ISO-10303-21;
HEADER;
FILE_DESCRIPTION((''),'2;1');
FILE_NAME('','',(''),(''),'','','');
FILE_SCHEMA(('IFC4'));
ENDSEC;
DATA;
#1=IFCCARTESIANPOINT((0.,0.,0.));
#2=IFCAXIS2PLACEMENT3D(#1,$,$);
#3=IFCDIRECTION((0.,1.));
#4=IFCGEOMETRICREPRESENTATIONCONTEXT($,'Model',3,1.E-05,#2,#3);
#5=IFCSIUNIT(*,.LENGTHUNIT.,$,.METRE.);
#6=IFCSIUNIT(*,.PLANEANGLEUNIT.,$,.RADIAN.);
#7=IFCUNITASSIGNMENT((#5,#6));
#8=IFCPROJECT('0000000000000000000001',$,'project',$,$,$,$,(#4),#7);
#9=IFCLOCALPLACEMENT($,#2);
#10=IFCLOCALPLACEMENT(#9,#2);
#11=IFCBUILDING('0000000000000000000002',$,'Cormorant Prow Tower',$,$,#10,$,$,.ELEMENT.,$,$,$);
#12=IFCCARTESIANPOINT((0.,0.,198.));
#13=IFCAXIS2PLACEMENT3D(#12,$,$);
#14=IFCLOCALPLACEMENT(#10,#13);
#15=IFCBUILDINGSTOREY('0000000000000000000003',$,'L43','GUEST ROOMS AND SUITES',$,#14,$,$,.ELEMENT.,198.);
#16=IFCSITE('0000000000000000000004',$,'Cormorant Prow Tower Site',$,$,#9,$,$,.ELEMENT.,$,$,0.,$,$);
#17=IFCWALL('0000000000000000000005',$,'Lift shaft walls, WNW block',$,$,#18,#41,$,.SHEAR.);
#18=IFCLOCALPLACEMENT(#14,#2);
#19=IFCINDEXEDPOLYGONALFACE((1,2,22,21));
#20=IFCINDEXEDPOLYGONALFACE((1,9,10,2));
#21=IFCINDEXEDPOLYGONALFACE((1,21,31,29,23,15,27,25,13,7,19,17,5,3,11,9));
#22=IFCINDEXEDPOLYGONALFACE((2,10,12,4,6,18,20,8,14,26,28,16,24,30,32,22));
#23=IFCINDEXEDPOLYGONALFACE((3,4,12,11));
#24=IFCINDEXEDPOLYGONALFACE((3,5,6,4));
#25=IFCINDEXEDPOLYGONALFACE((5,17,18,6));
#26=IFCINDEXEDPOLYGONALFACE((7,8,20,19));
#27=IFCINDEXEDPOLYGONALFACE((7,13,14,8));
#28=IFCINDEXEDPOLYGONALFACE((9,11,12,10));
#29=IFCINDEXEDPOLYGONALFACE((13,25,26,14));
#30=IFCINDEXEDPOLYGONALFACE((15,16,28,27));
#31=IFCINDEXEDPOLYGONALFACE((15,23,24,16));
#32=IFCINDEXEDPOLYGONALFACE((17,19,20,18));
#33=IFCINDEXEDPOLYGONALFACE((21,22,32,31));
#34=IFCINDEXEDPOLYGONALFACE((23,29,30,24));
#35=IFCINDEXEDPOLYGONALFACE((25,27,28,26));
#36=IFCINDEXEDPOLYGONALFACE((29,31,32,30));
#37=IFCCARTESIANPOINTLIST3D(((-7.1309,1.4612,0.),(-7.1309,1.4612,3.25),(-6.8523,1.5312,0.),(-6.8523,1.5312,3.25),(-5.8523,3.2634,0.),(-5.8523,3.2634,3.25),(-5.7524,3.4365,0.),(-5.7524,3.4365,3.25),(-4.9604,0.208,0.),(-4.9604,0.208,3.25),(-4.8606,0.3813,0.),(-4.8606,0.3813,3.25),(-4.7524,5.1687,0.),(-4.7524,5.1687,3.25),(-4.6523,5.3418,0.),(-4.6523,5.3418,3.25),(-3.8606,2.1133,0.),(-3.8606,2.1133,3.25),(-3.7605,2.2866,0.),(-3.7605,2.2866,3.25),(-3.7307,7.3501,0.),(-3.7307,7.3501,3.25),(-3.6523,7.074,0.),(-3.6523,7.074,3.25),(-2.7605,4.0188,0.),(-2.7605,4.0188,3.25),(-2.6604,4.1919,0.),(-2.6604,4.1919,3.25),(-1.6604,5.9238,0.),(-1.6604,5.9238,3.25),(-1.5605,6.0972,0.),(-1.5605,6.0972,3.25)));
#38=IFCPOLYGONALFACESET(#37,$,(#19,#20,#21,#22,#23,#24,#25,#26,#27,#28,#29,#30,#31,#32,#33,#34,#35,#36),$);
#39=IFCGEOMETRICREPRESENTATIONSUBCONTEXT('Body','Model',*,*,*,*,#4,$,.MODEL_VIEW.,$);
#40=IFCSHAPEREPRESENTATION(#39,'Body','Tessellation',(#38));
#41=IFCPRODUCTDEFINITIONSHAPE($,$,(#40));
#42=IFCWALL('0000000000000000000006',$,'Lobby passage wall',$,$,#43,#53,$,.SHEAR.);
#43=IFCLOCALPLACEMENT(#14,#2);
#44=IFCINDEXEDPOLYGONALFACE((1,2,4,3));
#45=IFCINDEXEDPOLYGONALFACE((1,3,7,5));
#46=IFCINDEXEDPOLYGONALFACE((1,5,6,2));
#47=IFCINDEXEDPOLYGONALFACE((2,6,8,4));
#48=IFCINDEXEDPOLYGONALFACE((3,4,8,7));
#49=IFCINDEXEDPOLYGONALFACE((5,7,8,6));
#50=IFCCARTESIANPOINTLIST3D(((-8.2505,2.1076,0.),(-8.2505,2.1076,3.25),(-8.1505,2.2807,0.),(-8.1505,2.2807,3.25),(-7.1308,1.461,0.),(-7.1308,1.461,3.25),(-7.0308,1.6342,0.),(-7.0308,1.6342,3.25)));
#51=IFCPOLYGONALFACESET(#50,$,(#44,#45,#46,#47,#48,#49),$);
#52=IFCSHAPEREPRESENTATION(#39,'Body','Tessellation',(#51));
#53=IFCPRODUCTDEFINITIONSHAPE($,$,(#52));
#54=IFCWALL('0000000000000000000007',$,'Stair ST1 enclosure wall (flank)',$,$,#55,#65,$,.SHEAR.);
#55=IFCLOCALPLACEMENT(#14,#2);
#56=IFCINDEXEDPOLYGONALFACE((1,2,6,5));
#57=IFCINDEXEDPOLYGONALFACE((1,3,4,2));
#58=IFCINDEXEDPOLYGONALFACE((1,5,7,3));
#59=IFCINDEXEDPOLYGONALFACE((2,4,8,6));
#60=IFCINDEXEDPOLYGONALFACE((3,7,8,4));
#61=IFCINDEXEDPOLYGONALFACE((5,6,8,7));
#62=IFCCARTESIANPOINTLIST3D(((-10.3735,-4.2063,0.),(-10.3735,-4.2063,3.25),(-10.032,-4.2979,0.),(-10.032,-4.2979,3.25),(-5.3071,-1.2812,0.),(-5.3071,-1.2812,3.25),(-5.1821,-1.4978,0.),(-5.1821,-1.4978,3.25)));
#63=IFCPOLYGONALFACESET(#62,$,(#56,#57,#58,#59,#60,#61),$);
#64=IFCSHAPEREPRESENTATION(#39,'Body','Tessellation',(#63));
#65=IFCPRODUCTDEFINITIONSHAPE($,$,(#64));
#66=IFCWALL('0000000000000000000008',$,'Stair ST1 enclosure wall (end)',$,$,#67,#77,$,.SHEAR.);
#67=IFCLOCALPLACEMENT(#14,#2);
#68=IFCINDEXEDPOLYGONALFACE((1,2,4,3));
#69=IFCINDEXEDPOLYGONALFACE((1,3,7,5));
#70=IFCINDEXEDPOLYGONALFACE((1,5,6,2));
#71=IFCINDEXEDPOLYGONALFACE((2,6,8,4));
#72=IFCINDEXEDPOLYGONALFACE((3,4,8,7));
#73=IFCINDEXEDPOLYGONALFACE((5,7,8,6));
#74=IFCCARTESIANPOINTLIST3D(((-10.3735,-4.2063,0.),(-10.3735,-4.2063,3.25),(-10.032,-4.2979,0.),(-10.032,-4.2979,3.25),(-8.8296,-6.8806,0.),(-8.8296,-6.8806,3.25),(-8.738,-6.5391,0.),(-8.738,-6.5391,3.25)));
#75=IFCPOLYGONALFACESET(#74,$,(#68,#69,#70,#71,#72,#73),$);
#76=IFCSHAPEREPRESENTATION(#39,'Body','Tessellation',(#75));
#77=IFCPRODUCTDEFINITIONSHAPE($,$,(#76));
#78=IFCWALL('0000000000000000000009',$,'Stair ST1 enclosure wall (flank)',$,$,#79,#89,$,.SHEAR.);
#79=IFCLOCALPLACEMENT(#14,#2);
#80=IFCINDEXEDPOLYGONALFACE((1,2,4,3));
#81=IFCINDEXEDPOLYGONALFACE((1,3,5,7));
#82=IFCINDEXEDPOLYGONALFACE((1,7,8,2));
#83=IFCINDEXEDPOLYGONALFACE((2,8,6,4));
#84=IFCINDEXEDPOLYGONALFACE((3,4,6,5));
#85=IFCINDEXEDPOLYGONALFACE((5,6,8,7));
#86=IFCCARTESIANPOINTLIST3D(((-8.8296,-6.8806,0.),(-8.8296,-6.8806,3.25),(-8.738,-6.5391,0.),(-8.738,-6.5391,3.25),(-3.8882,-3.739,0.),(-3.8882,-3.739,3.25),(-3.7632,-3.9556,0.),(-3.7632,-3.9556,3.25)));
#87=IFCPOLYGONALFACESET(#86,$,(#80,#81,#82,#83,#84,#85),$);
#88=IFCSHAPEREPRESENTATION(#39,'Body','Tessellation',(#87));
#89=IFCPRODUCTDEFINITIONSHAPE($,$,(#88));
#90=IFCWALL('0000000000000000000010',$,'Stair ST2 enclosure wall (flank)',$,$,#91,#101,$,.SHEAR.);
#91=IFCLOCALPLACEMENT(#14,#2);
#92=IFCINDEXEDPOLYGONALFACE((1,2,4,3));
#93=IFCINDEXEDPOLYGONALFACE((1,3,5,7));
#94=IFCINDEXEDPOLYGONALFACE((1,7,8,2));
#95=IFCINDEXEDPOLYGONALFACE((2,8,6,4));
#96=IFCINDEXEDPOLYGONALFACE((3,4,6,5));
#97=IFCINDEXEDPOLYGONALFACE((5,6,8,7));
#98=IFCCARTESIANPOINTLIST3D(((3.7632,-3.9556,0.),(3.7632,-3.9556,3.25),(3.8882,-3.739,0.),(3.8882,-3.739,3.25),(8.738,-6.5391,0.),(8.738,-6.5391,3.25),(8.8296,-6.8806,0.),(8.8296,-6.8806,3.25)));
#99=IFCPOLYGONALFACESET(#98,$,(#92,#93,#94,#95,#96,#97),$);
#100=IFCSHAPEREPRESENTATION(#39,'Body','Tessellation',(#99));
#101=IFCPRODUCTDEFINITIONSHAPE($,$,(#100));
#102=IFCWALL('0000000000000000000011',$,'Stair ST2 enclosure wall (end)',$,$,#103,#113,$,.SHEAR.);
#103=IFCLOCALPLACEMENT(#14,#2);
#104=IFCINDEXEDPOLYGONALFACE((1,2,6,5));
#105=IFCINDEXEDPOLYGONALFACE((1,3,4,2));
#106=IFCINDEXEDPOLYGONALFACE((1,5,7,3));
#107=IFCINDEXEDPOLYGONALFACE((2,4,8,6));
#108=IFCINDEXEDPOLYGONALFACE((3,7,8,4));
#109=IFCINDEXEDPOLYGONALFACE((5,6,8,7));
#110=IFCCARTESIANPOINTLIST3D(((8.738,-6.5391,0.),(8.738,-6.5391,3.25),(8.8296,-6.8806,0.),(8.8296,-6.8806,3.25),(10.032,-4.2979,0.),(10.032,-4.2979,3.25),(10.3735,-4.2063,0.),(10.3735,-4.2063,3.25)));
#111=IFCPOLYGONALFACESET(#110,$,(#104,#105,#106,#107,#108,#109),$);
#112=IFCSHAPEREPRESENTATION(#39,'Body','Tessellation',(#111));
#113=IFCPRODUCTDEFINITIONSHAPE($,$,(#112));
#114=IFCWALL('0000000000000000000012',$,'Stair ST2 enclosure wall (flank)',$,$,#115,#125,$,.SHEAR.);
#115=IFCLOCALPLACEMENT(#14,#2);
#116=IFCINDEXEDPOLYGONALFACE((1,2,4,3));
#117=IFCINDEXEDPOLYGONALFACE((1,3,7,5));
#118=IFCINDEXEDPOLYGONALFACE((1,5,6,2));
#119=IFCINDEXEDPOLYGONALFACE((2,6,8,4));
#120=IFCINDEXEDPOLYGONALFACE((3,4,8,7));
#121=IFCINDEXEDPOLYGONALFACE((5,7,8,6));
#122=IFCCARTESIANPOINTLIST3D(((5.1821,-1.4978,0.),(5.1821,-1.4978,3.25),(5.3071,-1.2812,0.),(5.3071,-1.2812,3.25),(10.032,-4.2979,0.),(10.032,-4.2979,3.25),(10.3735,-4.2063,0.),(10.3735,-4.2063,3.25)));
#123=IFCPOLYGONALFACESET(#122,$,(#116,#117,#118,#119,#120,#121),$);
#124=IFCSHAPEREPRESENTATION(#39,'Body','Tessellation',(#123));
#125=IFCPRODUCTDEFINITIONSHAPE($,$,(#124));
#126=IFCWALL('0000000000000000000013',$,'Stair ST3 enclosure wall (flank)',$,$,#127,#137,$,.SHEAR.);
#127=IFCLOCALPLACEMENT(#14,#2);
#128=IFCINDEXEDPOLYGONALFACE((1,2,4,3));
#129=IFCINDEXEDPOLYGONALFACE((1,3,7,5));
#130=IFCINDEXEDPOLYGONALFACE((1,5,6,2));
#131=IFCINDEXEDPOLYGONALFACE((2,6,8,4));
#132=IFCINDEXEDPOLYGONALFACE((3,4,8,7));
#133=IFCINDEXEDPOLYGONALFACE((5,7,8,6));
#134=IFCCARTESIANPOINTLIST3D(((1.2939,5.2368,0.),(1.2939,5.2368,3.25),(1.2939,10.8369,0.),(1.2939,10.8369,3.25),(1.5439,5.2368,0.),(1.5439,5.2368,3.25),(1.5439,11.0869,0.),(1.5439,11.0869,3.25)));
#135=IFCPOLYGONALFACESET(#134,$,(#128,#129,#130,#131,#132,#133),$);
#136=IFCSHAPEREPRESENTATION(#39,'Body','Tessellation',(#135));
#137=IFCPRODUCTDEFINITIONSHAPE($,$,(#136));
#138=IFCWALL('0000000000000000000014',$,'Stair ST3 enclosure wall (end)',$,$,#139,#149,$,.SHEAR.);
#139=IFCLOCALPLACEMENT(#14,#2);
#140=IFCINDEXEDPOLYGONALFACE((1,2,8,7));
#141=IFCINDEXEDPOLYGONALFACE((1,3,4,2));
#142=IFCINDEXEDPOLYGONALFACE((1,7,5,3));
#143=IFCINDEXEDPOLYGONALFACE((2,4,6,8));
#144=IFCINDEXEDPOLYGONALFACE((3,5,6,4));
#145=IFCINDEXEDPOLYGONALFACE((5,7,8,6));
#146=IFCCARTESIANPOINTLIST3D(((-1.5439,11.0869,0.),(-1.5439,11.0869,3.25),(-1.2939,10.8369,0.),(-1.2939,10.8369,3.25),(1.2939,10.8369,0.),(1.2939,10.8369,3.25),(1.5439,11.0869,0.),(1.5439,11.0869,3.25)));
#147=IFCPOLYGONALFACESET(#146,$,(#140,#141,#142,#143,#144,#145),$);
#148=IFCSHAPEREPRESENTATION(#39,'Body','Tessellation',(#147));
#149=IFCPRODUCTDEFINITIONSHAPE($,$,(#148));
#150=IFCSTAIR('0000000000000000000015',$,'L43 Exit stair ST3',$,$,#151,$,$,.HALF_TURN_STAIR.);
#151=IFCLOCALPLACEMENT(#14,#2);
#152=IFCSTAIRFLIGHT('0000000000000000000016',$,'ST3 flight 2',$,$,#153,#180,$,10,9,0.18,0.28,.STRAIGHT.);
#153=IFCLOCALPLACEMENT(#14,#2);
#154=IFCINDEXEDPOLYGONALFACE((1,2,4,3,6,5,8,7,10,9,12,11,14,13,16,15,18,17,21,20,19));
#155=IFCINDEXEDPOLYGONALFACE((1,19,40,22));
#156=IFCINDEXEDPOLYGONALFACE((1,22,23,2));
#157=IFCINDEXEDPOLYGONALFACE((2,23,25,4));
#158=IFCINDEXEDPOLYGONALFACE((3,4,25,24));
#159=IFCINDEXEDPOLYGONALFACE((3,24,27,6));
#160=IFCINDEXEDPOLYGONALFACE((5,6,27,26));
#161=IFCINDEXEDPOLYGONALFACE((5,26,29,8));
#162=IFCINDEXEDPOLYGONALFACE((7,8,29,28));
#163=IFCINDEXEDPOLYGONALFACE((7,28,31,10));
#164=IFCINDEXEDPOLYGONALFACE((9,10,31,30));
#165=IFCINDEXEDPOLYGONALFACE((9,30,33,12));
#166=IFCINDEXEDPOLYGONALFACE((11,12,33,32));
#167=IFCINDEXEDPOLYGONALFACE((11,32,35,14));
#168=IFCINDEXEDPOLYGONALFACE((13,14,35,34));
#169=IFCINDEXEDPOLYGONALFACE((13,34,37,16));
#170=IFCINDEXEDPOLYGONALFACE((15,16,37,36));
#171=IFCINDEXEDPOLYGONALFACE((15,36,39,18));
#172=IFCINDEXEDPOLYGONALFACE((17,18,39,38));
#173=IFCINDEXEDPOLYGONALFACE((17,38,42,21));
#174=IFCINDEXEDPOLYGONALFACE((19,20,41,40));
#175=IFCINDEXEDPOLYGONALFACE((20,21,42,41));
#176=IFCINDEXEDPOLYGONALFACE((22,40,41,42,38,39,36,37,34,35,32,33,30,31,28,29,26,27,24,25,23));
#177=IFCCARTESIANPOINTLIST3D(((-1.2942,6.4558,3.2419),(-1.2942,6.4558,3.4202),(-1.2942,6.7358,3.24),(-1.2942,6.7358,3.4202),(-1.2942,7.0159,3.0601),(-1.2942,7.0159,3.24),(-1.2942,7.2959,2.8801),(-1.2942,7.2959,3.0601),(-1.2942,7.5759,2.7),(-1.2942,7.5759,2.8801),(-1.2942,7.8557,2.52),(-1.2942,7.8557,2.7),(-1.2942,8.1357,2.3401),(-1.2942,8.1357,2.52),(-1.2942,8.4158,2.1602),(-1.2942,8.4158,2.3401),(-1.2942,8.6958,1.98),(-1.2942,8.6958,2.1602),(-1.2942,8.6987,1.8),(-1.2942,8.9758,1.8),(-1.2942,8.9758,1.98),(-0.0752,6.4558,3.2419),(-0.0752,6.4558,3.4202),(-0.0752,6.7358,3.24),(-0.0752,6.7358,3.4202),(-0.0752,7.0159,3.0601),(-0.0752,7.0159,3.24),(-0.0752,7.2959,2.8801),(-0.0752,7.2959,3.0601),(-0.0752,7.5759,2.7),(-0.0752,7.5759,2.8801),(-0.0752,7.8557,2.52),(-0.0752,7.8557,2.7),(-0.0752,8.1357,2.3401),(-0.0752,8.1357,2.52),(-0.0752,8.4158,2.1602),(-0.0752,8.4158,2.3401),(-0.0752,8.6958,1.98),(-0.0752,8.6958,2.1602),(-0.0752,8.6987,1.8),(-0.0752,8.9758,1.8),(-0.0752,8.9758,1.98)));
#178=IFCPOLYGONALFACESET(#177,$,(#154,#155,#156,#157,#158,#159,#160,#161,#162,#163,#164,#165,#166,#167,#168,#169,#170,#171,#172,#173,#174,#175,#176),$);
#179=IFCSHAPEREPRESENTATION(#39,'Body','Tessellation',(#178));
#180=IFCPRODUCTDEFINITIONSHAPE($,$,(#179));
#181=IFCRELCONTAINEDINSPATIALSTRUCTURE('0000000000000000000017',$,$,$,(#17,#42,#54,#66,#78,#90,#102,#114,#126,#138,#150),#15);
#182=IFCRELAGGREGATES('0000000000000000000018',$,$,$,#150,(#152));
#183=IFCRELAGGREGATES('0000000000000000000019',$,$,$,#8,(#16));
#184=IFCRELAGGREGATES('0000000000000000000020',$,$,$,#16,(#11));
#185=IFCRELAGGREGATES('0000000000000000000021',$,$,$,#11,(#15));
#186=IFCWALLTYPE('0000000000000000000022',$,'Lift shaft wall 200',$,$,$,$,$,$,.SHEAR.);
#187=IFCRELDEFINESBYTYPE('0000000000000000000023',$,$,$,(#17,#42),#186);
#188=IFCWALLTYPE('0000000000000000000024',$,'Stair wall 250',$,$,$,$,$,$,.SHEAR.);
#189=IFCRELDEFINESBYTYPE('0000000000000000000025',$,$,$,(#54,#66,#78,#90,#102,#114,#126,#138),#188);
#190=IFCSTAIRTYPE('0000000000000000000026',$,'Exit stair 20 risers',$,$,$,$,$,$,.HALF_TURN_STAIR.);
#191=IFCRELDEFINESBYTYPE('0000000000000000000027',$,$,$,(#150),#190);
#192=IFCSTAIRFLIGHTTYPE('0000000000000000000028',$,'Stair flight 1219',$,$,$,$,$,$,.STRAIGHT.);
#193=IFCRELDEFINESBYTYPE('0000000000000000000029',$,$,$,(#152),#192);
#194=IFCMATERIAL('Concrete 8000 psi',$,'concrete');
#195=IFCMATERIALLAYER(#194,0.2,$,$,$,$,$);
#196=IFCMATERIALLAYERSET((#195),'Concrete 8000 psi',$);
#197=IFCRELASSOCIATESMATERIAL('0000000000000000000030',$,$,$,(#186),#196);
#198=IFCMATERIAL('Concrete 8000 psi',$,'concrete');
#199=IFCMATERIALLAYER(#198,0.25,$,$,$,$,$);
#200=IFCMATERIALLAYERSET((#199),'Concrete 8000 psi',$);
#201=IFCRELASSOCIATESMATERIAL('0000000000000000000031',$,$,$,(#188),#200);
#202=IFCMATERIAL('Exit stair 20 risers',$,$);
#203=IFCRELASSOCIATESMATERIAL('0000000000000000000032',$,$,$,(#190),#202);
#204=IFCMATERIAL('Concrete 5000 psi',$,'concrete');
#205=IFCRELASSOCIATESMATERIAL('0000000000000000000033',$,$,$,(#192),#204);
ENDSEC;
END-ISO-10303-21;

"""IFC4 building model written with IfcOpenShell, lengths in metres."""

from ifc_helpers import new_model, si_unit, direction, frame, frame_2d, origin, place, context, subcontext, project, spatial, polyline, rectangle, outline, extrude, material, layer, layer_set, type_object, element, aggregate, save


model = new_model("IFC4")

# Units and contexts
model_context = context("Model", 3, precision=1e-05, world=origin(), true_north=direction((0.0, 1.0)))
body_context = subcontext(model_context, "Body", "Model", "MODEL_VIEW")
ifc_project = project(units=[si_unit("LENGTHUNIT", "METRE"), si_unit("PLANEANGLEUNIT", "RADIAN")], contexts=[model_context])

# Site, building, storey
site_placement = place(None, origin())
site = spatial("IfcSite", under=ifc_project, at=site_placement, Name="Cormorant Prow Tower Site", CompositionType="ELEMENT", RefElevation=0.0)
building_placement = place(site_placement, origin())
building = spatial("IfcBuilding", under=site, at=building_placement, Name="Cormorant Prow Tower", CompositionType="ELEMENT")
storey_placement = place(building_placement, frame((0.0, 0.0, 198.0)))
storey = spatial("IfcBuildingStorey", under=building, at=storey_placement, Name="L43", Description="GUEST ROOMS AND SUITES", CompositionType="ELEMENT", Elevation=198.0)

# Walls
ifc_material_1 = material(Name="Concrete 8000 psi", Category="concrete")
ifc_layer_1 = layer(ifc_material_1, 0.2)
ifc_layer_set_1 = layer_set([ifc_layer_1], Name="Concrete 8000 psi")
wall_type_1 = type_object("IfcWallType", Name="Lift shaft wall 200", PredefinedType="SHEAR", material=ifc_layer_set_1)
wall_1_placement = place(storey_placement, origin())
element("IfcWall", 1, at=wall_1_placement, inside=storey, type_object=wall_type_1, Name="Lift shaft walls, WNW block", PredefinedType="SHEAR", context=body_context, shape_type="SweptSolid", body=[
    extrude(outline(polyline([(-4.9604, 0.208), (-7.1309, 1.4612), (-3.7307, 7.3501), (-1.5605, 6.0972), (-1.6604, 5.9238), (-3.6523, 7.074), (-4.6523, 5.3418), (-2.6604, 4.1919), (-2.7605, 4.0188), (-4.7524, 5.1687), (-5.7524, 3.4365), (-3.7605, 2.2866), (-3.8606, 2.1133), (-5.8523, 3.2634), (-6.8523, 1.5312), (-4.8606, 0.3813), (-4.9604, 0.208)])), origin(), (0.0, 0.0, 1.0), 3.25),
])
wall_2_placement = place(storey_placement, frame((-7.0808, 1.5476, 0.0), z_axis=(0.0, 0.0, 1.0), x_axis=(-0.866003, 0.500038, 0.0)))
element("IfcWall", 2, at=wall_2_placement, inside=storey, type_object=wall_type_1, Name="Lobby passage wall", PredefinedType="SHEAR", context=body_context, shape_type="SweptSolid", body=[
    extrude(rectangle(XDim=1.293, YDim=0.2, at=frame_2d((0.6465, 0.0))), origin(), (0.0, 0.0, 1.0), 3.25),
])
ifc_material_2 = material(Name="Concrete 8000 psi", Category="concrete")
ifc_layer_2 = layer(ifc_material_2, 0.25)
ifc_layer_set_2 = layer_set([ifc_layer_2], Name="Concrete 8000 psi")
wall_type_2 = type_object("IfcWallType", Name="Stair wall 250", PredefinedType="SHEAR", material=ifc_layer_set_2)
wall_3_placement = place(storey_placement, origin())
element("IfcWall", 3, at=wall_3_placement, inside=storey, type_object=wall_type_2, Name="Stair ST1 enclosure wall (flank)", PredefinedType="SHEAR", context=body_context, shape_type="SweptSolid", body=[
    extrude(outline(polyline([(-5.3071, -1.2812), (-10.3735, -4.2063), (-10.032, -4.2979), (-5.1821, -1.4978), (-5.3071, -1.2812)])), origin(), (0.0, 0.0, 1.0), 3.25),
])
wall_4_placement = place(storey_placement, origin())
element("IfcWall", 4, at=wall_4_placement, inside=storey, type_object=wall_type_2, Name="Stair ST1 enclosure wall (end)", PredefinedType="SHEAR", context=body_context, shape_type="SweptSolid", body=[
    extrude(outline(polyline([(-10.3735, -4.2063), (-8.8296, -6.8806), (-8.738, -6.5391), (-10.032, -4.2979), (-10.3735, -4.2063)])), origin(), (0.0, 0.0, 1.0), 3.25),
])
wall_5_placement = place(storey_placement, origin())
element("IfcWall", 5, at=wall_5_placement, inside=storey, type_object=wall_type_2, Name="Stair ST1 enclosure wall (flank)", PredefinedType="SHEAR", context=body_context, shape_type="SweptSolid", body=[
    extrude(outline(polyline([(-8.738, -6.5391), (-8.8296, -6.8806), (-3.7632, -3.9556), (-3.8882, -3.739), (-8.738, -6.5391)])), origin(), (0.0, 0.0, 1.0), 3.25),
])
wall_6_placement = place(storey_placement, origin())
element("IfcWall", 6, at=wall_6_placement, inside=storey, type_object=wall_type_2, Name="Stair ST2 enclosure wall (flank)", PredefinedType="SHEAR", context=body_context, shape_type="SweptSolid", body=[
    extrude(outline(polyline([(3.7632, -3.9556), (8.8296, -6.8806), (8.738, -6.5391), (3.8882, -3.739), (3.7632, -3.9556)])), origin(), (0.0, 0.0, 1.0), 3.25),
])
wall_7_placement = place(storey_placement, origin())
element("IfcWall", 7, at=wall_7_placement, inside=storey, type_object=wall_type_2, Name="Stair ST2 enclosure wall (end)", PredefinedType="SHEAR", context=body_context, shape_type="SweptSolid", body=[
    extrude(outline(polyline([(8.8296, -6.8806), (10.3735, -4.2063), (10.032, -4.2979), (8.738, -6.5391), (8.8296, -6.8806)])), origin(), (0.0, 0.0, 1.0), 3.25),
])
wall_8_placement = place(storey_placement, origin())
element("IfcWall", 8, at=wall_8_placement, inside=storey, type_object=wall_type_2, Name="Stair ST2 enclosure wall (flank)", PredefinedType="SHEAR", context=body_context, shape_type="SweptSolid", body=[
    extrude(outline(polyline([(10.032, -4.2979), (10.3735, -4.2063), (5.3071, -1.2812), (5.1821, -1.4978), (10.032, -4.2979)])), origin(), (0.0, 0.0, 1.0), 3.25),
])
wall_9_placement = place(storey_placement, origin())
element("IfcWall", 9, at=wall_9_placement, inside=storey, type_object=wall_type_2, Name="Stair ST3 enclosure wall (flank)", PredefinedType="SHEAR", context=body_context, shape_type="SweptSolid", body=[
    extrude(outline(polyline([(1.5439, 5.2368), (1.5439, 11.0869), (1.2939, 10.8369), (1.2939, 5.2368), (1.5439, 5.2368)])), origin(), (0.0, 0.0, 1.0), 3.25),
])
wall_10_placement = place(storey_placement, origin())
element("IfcWall", 10, at=wall_10_placement, inside=storey, type_object=wall_type_2, Name="Stair ST3 enclosure wall (end)", PredefinedType="SHEAR", context=body_context, shape_type="SweptSolid", body=[
    extrude(outline(polyline([(1.5439, 11.0869), (-1.5439, 11.0869), (-1.2939, 10.8369), (1.2939, 10.8369), (1.5439, 11.0869)])), origin(), (0.0, 0.0, 1.0), 3.25),
])

# Stair, stair flight
ifc_material_3 = material(Name="Exit stair 20 risers")
stair_type = type_object("IfcStairType", Name="Exit stair 20 risers", PredefinedType="HALF_TURN_STAIR", material=ifc_material_3)
stair_placement = place(storey_placement, origin())
stair = element("IfcStair", 11, at=stair_placement, inside=storey, type_object=stair_type, Name="L43 Exit stair ST3", PredefinedType="HALF_TURN_STAIR")
ifc_material_4 = material(Name="Concrete 5000 psi", Category="concrete")
stair_flight_type = type_object("IfcStairFlightType", Name="Stair flight 1219", PredefinedType="STRAIGHT", material=ifc_material_4)
stair_flight_placement = place(storey_placement, frame((-0.6846, 8.9758, 1.8), z_axis=(0.0, 0.0, 1.0), x_axis=(0.0, -1.0, 0.0)))
stair_flight = element("IfcStairFlight", 12, at=stair_flight_placement, type_object=stair_flight_type, Name="ST3 flight 2", NumberOfRisers=10, NumberOfTreads=9, PredefinedType="STRAIGHT", RiserHeight=0.18, TreadLength=0.28, context=body_context, shape_type="SweptSolid", body=[
    extrude(outline(polyline([(0.0, 0.0), (0.0, 0.1799), (0.28, 0.1799), (0.28, 0.3601), (0.5601, 0.3601), (0.5601, 0.54), (0.8401, 0.54), (0.8401, 0.72), (1.1201, 0.72), (1.1201, 0.8999), (1.3999, 0.8999), (1.3999, 1.0801), (1.6799, 1.0801), (1.6799, 1.26), (1.96, 1.26), (1.96, 1.4399), (2.24, 1.4399), (2.24, 1.6201), (2.52, 1.6201), (2.52, 1.8), (2.52, 1.4419), (0.2771, 0.0), (0.0, 0.0)])), frame((0.0, 0.6094, 0.0), z_axis=(0.0, -1.0, 0.0), x_axis=(1.0, 0.0, 0.0)), (0.0, 0.0, 1.0), 1.219),
])
aggregate(stair, [stair_flight])

save(model, "model.ifc")
